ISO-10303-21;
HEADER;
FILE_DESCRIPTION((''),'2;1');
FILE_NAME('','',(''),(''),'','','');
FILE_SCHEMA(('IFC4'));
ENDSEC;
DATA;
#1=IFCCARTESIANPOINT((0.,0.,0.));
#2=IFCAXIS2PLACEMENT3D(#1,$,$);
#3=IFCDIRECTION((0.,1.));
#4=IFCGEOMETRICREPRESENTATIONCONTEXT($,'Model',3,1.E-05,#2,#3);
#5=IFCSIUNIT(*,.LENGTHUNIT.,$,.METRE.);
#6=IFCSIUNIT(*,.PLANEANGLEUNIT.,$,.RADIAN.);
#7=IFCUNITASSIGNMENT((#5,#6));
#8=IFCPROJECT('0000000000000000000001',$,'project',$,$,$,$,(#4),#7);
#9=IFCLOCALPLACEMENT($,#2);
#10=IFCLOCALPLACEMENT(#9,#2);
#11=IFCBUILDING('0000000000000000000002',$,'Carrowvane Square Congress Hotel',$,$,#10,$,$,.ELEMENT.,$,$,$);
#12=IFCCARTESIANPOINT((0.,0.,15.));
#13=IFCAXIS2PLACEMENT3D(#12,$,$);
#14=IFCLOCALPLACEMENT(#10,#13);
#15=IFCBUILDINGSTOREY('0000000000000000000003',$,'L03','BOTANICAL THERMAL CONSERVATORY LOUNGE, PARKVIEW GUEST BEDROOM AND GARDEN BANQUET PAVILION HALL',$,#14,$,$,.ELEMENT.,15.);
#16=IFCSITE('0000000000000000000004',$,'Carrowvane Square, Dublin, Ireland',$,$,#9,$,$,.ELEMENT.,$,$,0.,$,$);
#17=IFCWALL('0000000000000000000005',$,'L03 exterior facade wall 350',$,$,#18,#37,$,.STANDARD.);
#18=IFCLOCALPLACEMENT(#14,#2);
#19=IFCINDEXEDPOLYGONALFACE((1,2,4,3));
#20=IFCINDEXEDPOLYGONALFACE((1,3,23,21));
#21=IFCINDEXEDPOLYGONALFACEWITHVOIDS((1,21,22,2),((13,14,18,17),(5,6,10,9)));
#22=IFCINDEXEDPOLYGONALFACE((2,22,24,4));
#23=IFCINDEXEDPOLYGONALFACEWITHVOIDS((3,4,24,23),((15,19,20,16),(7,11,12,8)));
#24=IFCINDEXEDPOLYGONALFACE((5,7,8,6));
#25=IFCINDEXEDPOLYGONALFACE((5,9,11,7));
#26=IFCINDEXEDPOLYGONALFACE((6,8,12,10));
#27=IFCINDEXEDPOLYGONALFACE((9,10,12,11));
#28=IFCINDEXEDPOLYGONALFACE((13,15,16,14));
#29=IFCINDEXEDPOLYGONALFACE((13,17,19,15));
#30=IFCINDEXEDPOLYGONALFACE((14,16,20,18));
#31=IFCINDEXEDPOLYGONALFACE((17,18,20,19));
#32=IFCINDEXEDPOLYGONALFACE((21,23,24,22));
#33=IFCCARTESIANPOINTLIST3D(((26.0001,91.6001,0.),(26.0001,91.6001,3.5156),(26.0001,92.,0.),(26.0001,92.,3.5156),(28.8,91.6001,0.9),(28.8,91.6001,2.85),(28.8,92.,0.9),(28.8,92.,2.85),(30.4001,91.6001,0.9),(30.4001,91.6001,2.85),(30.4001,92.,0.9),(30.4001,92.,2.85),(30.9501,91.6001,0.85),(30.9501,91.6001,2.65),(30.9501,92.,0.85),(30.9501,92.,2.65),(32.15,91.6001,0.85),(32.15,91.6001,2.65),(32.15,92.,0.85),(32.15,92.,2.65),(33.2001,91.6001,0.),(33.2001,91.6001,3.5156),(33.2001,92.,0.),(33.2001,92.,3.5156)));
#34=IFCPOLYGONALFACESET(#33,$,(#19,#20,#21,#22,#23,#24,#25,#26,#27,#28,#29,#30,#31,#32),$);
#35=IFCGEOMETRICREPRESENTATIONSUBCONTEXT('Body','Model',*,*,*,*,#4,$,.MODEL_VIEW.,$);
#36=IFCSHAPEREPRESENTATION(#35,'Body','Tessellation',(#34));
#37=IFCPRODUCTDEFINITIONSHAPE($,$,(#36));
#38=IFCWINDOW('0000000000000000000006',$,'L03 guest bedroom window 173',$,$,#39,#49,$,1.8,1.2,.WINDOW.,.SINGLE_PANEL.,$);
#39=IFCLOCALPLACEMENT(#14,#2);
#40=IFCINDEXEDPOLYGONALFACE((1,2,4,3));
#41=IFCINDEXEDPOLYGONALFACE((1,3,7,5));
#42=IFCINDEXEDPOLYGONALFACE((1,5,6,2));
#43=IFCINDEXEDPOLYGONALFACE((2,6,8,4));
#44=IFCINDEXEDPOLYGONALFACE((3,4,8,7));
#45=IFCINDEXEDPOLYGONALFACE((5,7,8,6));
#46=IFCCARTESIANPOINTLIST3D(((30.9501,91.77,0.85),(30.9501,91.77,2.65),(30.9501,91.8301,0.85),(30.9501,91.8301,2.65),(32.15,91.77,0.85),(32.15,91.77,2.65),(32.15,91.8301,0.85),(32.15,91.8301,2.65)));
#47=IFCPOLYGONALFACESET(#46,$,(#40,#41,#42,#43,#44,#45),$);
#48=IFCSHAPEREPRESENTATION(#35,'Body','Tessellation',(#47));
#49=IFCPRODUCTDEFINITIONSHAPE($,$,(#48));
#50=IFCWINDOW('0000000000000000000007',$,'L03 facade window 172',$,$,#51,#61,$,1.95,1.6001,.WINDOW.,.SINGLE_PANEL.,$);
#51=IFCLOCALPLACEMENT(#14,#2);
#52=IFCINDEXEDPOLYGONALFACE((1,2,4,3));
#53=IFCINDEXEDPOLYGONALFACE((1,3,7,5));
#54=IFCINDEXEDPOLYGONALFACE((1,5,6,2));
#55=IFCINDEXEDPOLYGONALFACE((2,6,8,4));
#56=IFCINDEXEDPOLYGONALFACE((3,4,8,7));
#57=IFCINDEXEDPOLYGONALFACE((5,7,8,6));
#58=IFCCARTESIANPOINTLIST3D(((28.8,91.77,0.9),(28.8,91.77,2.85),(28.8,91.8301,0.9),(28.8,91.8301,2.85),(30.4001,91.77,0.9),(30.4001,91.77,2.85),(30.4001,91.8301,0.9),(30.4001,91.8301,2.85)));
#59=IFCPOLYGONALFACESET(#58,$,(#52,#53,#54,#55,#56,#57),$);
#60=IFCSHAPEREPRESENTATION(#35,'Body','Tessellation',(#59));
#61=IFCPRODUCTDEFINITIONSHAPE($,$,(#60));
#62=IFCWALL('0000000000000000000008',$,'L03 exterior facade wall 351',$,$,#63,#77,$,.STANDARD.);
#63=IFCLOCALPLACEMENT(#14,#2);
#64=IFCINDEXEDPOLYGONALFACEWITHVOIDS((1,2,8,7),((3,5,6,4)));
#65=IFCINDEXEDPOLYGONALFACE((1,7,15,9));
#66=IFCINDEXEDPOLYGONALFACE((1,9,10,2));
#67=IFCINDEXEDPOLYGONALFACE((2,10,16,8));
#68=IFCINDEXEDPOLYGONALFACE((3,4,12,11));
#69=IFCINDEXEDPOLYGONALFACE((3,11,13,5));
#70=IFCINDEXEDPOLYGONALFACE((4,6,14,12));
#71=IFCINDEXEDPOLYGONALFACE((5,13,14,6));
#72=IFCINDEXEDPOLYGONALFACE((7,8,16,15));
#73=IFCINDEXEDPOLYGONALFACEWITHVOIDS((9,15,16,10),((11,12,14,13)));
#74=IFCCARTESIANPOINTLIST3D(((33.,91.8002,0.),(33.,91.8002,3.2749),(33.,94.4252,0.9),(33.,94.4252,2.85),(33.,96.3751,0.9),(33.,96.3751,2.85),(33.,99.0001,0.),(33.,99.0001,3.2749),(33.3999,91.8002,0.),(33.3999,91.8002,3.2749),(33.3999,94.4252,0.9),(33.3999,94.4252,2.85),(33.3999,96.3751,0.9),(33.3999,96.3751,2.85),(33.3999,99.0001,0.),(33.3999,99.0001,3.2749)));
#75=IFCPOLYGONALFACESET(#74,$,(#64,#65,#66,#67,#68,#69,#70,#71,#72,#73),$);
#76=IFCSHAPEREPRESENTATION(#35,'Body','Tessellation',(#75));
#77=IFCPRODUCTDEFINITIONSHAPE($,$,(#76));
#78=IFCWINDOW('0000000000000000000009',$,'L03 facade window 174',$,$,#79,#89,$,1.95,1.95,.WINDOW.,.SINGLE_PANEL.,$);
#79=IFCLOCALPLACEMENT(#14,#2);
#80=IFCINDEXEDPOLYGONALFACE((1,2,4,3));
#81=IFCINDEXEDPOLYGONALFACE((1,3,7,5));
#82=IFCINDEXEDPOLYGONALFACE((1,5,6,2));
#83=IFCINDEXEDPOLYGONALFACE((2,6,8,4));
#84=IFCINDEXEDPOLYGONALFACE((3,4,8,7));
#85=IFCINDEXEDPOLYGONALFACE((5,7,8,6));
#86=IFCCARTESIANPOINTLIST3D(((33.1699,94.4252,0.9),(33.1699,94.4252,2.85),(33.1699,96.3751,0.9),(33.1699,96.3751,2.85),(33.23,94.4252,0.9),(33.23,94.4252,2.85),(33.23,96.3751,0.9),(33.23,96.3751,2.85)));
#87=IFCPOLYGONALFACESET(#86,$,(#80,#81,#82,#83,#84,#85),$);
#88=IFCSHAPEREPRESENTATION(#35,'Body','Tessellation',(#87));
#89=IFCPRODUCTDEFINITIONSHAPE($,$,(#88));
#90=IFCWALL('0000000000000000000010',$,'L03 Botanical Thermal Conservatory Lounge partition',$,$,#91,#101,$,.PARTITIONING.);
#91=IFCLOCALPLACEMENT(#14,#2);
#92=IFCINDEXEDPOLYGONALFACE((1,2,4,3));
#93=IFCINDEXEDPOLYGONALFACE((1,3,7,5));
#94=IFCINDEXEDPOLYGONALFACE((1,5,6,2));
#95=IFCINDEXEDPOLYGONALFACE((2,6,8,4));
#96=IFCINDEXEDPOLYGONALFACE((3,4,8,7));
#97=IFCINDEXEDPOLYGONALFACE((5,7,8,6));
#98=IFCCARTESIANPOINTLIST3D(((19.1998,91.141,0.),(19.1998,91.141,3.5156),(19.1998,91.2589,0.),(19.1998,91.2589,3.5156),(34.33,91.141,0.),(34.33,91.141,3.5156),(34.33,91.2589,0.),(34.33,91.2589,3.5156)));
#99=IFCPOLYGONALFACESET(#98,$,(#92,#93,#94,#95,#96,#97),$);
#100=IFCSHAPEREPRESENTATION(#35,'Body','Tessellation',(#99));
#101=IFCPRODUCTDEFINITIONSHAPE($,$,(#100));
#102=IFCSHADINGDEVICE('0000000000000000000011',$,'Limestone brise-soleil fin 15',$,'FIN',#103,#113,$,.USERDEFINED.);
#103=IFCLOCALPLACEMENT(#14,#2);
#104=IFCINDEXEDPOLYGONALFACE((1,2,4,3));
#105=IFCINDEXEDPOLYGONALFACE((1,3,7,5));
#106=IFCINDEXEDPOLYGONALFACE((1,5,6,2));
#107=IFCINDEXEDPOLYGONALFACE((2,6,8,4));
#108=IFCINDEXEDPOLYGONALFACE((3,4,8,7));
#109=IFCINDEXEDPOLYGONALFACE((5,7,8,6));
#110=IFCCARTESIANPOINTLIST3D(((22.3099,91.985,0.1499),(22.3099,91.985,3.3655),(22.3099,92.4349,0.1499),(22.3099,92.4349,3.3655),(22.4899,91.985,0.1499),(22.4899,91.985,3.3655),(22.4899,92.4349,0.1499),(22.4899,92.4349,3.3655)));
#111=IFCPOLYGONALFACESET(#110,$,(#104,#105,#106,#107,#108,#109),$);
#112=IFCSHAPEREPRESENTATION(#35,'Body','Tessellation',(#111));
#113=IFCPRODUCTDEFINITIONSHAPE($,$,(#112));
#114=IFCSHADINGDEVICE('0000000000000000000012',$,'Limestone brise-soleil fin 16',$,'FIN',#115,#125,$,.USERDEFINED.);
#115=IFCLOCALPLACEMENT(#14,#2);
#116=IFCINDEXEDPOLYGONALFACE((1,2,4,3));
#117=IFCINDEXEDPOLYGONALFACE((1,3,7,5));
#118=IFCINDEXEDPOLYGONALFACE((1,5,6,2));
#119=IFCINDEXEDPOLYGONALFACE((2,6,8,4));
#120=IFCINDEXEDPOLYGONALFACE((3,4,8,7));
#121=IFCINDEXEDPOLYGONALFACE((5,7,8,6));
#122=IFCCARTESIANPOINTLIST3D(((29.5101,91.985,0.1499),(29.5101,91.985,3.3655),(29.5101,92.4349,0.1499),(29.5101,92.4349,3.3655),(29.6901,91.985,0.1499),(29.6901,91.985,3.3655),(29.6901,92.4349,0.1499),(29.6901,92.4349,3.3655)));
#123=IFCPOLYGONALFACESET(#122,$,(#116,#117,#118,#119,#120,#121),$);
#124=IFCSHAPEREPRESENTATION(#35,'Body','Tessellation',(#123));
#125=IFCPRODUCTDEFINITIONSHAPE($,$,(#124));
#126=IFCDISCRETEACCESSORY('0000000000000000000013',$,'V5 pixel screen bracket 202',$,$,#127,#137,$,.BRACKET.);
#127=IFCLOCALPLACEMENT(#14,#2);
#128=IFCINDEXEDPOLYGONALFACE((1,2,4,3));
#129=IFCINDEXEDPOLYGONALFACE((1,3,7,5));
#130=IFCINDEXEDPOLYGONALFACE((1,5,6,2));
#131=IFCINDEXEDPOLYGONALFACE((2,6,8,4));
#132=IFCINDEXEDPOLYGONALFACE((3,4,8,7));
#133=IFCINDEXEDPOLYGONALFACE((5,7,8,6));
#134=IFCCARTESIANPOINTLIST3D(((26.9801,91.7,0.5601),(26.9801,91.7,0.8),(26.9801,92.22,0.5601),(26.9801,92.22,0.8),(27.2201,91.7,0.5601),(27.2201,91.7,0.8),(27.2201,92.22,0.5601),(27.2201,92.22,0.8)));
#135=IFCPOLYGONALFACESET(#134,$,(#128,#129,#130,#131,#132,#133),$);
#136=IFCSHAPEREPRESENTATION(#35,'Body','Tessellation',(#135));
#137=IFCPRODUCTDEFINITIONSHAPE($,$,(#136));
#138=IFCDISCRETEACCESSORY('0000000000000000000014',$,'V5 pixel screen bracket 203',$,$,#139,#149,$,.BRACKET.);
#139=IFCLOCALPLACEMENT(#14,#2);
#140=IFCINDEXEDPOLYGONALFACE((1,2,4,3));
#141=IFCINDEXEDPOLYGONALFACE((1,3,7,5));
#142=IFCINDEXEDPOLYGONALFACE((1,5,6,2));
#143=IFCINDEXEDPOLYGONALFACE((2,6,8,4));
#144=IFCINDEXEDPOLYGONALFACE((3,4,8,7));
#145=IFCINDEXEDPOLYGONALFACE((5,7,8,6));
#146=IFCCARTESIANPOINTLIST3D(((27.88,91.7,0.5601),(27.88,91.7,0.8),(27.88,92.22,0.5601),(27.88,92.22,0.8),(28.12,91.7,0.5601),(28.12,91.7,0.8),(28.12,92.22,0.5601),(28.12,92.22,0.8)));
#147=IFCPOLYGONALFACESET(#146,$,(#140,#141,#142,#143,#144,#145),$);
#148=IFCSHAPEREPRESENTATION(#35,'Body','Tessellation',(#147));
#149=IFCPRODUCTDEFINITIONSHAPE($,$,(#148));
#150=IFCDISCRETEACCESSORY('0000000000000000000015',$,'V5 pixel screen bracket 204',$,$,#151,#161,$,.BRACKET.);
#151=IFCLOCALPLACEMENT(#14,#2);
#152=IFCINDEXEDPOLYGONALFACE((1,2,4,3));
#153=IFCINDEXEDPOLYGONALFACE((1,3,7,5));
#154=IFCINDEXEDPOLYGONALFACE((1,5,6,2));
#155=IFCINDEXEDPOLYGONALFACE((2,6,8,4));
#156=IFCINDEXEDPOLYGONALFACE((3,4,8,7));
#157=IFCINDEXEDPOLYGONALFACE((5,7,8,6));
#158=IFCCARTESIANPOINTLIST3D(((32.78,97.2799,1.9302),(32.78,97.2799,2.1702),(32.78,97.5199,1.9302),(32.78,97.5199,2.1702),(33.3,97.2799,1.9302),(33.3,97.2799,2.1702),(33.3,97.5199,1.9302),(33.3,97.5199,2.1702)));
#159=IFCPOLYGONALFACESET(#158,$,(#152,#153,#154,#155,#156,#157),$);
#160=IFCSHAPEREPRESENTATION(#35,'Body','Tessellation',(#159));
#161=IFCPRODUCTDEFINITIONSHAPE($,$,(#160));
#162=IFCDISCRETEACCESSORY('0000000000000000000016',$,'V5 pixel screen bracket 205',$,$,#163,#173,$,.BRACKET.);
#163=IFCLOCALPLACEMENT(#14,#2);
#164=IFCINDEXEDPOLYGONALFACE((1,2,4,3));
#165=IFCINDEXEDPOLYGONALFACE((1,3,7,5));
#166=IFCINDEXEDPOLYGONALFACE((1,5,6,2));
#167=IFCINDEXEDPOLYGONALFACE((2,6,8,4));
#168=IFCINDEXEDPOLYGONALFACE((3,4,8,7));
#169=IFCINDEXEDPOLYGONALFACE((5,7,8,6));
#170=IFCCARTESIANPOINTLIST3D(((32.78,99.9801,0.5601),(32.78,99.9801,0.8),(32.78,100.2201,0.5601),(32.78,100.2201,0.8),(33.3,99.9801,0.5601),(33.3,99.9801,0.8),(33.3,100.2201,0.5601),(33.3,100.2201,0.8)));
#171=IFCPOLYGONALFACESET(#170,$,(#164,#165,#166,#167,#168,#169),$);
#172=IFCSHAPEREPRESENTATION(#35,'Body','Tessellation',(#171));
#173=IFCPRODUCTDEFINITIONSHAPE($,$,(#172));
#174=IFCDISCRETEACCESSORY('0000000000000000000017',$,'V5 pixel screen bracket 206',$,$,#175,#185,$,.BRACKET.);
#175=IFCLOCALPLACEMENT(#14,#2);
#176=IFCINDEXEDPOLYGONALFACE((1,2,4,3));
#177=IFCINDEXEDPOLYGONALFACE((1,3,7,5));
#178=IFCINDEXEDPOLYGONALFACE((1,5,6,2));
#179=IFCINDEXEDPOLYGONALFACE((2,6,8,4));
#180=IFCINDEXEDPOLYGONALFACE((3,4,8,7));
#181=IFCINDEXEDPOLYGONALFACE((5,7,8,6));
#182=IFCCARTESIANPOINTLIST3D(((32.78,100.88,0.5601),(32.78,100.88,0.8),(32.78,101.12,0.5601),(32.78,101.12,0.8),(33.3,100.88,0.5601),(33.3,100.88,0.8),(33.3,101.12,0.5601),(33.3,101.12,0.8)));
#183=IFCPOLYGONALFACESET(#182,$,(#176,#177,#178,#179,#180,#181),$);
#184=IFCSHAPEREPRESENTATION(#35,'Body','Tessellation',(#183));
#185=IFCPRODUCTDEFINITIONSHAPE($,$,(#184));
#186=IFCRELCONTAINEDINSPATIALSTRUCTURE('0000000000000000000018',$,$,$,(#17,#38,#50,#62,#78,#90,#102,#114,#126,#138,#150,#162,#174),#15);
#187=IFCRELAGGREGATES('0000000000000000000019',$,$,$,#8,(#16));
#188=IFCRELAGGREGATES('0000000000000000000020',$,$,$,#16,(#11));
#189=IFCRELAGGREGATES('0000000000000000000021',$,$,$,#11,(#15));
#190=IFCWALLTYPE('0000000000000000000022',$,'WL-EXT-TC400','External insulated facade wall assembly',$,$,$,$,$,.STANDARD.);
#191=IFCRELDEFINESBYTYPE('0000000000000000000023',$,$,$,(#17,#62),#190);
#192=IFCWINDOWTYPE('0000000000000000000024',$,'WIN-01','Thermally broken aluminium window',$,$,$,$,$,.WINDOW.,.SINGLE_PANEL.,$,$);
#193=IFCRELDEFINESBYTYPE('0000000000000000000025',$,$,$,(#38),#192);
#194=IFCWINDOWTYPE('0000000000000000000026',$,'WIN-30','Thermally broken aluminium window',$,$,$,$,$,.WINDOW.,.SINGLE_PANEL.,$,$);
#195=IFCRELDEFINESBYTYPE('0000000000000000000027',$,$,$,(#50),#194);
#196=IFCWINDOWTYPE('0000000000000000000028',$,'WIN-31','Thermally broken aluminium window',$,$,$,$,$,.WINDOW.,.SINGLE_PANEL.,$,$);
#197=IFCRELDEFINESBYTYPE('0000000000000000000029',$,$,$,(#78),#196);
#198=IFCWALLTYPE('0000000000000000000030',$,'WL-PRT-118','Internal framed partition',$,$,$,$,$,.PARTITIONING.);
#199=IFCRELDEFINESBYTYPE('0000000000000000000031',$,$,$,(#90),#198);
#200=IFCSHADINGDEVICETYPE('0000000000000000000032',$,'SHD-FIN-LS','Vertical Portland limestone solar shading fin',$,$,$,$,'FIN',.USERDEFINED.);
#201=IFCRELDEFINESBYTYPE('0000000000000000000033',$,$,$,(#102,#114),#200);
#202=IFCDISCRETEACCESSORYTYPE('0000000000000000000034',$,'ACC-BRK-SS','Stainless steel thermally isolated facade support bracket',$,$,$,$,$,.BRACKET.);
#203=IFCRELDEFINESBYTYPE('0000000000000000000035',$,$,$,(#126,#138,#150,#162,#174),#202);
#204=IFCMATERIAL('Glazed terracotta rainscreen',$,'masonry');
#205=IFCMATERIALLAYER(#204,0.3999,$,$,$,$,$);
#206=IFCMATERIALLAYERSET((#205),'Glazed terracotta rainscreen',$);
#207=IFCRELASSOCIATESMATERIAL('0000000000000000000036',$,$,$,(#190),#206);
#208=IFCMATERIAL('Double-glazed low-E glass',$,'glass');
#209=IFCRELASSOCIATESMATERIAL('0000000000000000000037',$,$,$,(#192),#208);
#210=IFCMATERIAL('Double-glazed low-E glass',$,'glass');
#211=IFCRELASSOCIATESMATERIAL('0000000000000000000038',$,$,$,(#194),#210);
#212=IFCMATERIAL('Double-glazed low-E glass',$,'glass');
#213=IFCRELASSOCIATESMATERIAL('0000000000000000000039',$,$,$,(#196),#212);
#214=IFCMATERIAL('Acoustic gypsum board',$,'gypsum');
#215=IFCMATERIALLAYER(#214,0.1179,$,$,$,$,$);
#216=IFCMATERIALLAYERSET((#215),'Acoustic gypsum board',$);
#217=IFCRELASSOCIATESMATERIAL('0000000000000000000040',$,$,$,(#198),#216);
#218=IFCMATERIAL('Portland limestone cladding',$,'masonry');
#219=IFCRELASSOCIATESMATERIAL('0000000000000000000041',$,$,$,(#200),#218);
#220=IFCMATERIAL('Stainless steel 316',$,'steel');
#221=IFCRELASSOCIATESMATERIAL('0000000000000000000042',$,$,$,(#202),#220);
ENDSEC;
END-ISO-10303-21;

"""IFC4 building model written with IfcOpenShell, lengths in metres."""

from ifc_helpers import new_model, si_unit, direction, frame, frame_2d, origin, origin_2d, place, context, subcontext, project, spatial, rectangle, extrude, material, layer, layer_set, type_object, element, fill, save


model = new_model("IFC4")

# Units and contexts
model_context = context("Model", 3, precision=1e-05, world=origin(), true_north=direction((0.0, 1.0)))
body_context = subcontext(model_context, "Body", "Model", "MODEL_VIEW")
ifc_project = project(units=[si_unit("LENGTHUNIT", "METRE"), si_unit("PLANEANGLEUNIT", "RADIAN")], contexts=[model_context])

# Site, building, storey
site_placement = place(None, origin())
site = spatial("IfcSite", under=ifc_project, at=site_placement, Name="Carrowvane Square, Dublin, Ireland", CompositionType="ELEMENT", RefElevation=0.0)
building_placement = place(site_placement, origin())
building = spatial("IfcBuilding", under=site, at=building_placement, Name="Carrowvane Square Congress Hotel", CompositionType="ELEMENT")
storey_placement = place(building_placement, frame((0.0, 0.0, 15.0)))
storey = spatial("IfcBuildingStorey", under=building, at=storey_placement, Name="L03", Description="BOTANICAL THERMAL CONSERVATORY LOUNGE, PARKVIEW GUEST BEDROOM AND GARDEN BANQUET PAVILION HALL", CompositionType="ELEMENT", Elevation=15.0)

# Wall, openings, windows
ifc_material_1 = material(Name="Glazed terracotta rainscreen", Category="masonry")
ifc_layer_1 = layer(ifc_material_1, 0.3999)
ifc_layer_set_1 = layer_set([ifc_layer_1], Name="Glazed terracotta rainscreen")
wall_type_1 = type_object("IfcWallType", Name="WL-EXT-TC400", Description="External insulated facade wall assembly", PredefinedType="STANDARD", material=ifc_layer_set_1)
ifc_material_2 = material(Name="Double-glazed low-E glass", Category="glass")
window_type_1 = type_object("IfcWindowType", Name="WIN-01", Description="Thermally broken aluminium window", PartitioningType="SINGLE_PANEL", PredefinedType="WINDOW", material=ifc_material_2)
wall_1_placement = place(storey_placement, frame((26.0, 91.8, 0.0), z_axis=(0.0, 0.0, 1.0), x_axis=(1.0, 0.0, 0.0)))
wall_1 = element("IfcWall", 1, at=wall_1_placement, inside=storey, type_object=wall_type_1, Name="L03 exterior facade wall 350", PredefinedType="STANDARD", context=body_context, shape_type="SweptSolid", body=[
    extrude(rectangle(XDim=7.2, YDim=0.3999, at=frame_2d((3.6001, 0.0))), origin(), (0.0, 0.0, 1.0), 3.5156),
])
opening_1_placement = place(wall_1_placement, frame((2.8, 0.0, 0.8999)))
opening_1 = element("IfcOpeningElement", 2, at=opening_1_placement, cuts=wall_1, PredefinedType="OPENING", context=body_context, shape_type="SweptSolid", body=[
    extrude(rectangle(XDim=1.6001, YDim=1.95, at=frame_2d((0.8, 0.9751))), frame((0.0, 0.21, 0.0), z_axis=(0.0, -1.0, 0.0), x_axis=(1.0, 0.0, 0.0)), (0.0, 0.0, 1.0), 0.4199),
])
opening_2_placement = place(wall_1_placement, frame((4.95, 0.0, 0.8501)))
opening_2 = element("IfcOpeningElement", 3, at=opening_2_placement, cuts=wall_1, PredefinedType="OPENING", context=body_context, shape_type="SweptSolid", body=[
    extrude(rectangle(XDim=1.2, YDim=1.8, at=frame_2d((0.6001, 0.8999))), frame((0.0, 0.21, 0.0), z_axis=(0.0, -1.0, 0.0), x_axis=(1.0, 0.0, 0.0)), (0.0, 0.0, 1.0), 0.4199),
])
window_1_placement = place(opening_2_placement, origin())
window_1 = element("IfcWindow", 4, at=window_1_placement, inside=storey, type_object=window_type_1, Name="L03 guest bedroom window 173", OverallHeight=1.8, OverallWidth=1.2, PartitioningType="SINGLE_PANEL", PredefinedType="WINDOW", context=body_context, shape_type="SweptSolid", body=[
    extrude(rectangle(XDim=1.2, YDim=1.8, at=frame_2d((0.6001, 0.8999))), frame((0.0, 0.03, 0.0), z_axis=(0.0, -1.0, 0.0), x_axis=(1.0, 0.0, 0.0)), (0.0, 0.0, 1.0), 0.0601),
])
fill(opening_2, window_1)
ifc_material_3 = material(Name="Double-glazed low-E glass", Category="glass")
window_type_2 = type_object("IfcWindowType", Name="WIN-30", Description="Thermally broken aluminium window", PartitioningType="SINGLE_PANEL", PredefinedType="WINDOW", material=ifc_material_3)
window_2_placement = place(opening_1_placement, origin())
window_2 = element("IfcWindow", 5, at=window_2_placement, inside=storey, type_object=window_type_2, Name="L03 facade window 172", OverallHeight=1.95, OverallWidth=1.6001, PartitioningType="SINGLE_PANEL", PredefinedType="WINDOW", context=body_context, shape_type="SweptSolid", body=[
    extrude(rectangle(XDim=1.6001, YDim=1.95, at=frame_2d((0.8, 0.9751))), frame((0.0, 0.03, 0.0), z_axis=(0.0, -1.0, 0.0), x_axis=(1.0, 0.0, 0.0)), (0.0, 0.0, 1.0), 0.0601),
])
fill(opening_1, window_2)

# Wall, opening, window
wall_2_placement = place(storey_placement, frame((33.2, 91.8, 0.0), z_axis=(0.0, 0.0, 1.0), x_axis=(0.0, 1.0, 0.0)))
wall_2 = element("IfcWall", 6, at=wall_2_placement, inside=storey, type_object=wall_type_1, Name="L03 exterior facade wall 351", PredefinedType="STANDARD", context=body_context, shape_type="SweptSolid", body=[
    extrude(rectangle(XDim=7.2, YDim=0.3999, at=frame_2d((3.6001, 0.0))), origin(), (0.0, 0.0, 1.0), 3.2749),
])
opening_3_placement = place(wall_2_placement, frame((2.625, 0.0, 0.8999)))
opening_3 = element("IfcOpeningElement", 7, at=opening_3_placement, cuts=wall_2, PredefinedType="OPENING", context=body_context, shape_type="SweptSolid", body=[
    extrude(rectangle(XDim=1.95, YDim=1.95, at=frame_2d((0.9751, 0.9751))), frame((0.0, 0.21, 0.0), z_axis=(0.0, -1.0, 0.0), x_axis=(1.0, 0.0, 0.0)), (0.0, 0.0, 1.0), 0.4199),
])
ifc_material_4 = material(Name="Double-glazed low-E glass", Category="glass")
window_type_3 = type_object("IfcWindowType", Name="WIN-31", Description="Thermally broken aluminium window", PartitioningType="SINGLE_PANEL", PredefinedType="WINDOW", material=ifc_material_4)
window_3_placement = place(opening_3_placement, origin())
window_3 = element("IfcWindow", 8, at=window_3_placement, inside=storey, type_object=window_type_3, Name="L03 facade window 174", OverallHeight=1.95, OverallWidth=1.95, PartitioningType="SINGLE_PANEL", PredefinedType="WINDOW", context=body_context, shape_type="SweptSolid", body=[
    extrude(rectangle(XDim=1.95, YDim=1.95, at=frame_2d((0.9751, 0.9751))), frame((0.0, 0.03, 0.0), z_axis=(0.0, -1.0, 0.0), x_axis=(1.0, 0.0, 0.0)), (0.0, 0.0, 1.0), 0.0601),
])
fill(opening_3, window_3)

# Wall
ifc_material_5 = material(Name="Acoustic gypsum board", Category="gypsum")
ifc_layer_2 = layer(ifc_material_5, 0.1179)
ifc_layer_set_2 = layer_set([ifc_layer_2], Name="Acoustic gypsum board")
wall_type_2 = type_object("IfcWallType", Name="WL-PRT-118", Description="Internal framed partition", PredefinedType="PARTITIONING", material=ifc_layer_set_2)
wall_3_placement = place(storey_placement, frame((19.2, 91.2, 0.0), z_axis=(0.0, 0.0, 1.0), x_axis=(1.0, 0.0, 0.0)))
element("IfcWall", 9, at=wall_3_placement, inside=storey, type_object=wall_type_2, Name="L03 Botanical Thermal Conservatory Lounge partition", PredefinedType="PARTITIONING", context=body_context, shape_type="SweptSolid", body=[
    extrude(rectangle(XDim=15.1301, YDim=0.1179, at=frame_2d((7.5649, 0.0))), origin(), (0.0, 0.0, 1.0), 3.5156),
])

# Shading devices
ifc_material_6 = material(Name="Portland limestone cladding", Category="masonry")
shading_device_type = type_object("IfcShadingDeviceType", Name="SHD-FIN-LS", Description="Vertical Portland limestone solar shading fin", ElementType="FIN", PredefinedType="USERDEFINED", material=ifc_material_6)
for number, where, z_axis, x_axis, name in (
    (10, (22.3999, 92.21, 0.1499), (0.0, 0.0, 1.0), (1.0, 0.0, 0.0), "Limestone brise-soleil fin 15"),
    (11, (29.6001, 92.21, 0.1499), (0.0, 0.0, 1.0), (1.0, 0.0, 0.0), "Limestone brise-soleil fin 16"),
):
    element("IfcShadingDevice", number, at=place(storey_placement, frame(where, z_axis=z_axis, x_axis=x_axis)), inside=storey, type_object=shading_device_type, Name=name, ObjectType="FIN", PredefinedType="USERDEFINED", context=body_context, shape_type="SweptSolid", body=[
        extrude(rectangle(XDim=0.1799, YDim=0.45, at=origin_2d()), origin(), (0.0, 0.0, 1.0), 3.2156),
    ])

# Discrete accessories
ifc_material_7 = material(Name="Stainless steel 316", Category="steel")
discrete_accessory_type = type_object("IfcDiscreteAccessoryType", Name="ACC-BRK-SS", Description="Stainless steel thermally isolated facade support bracket", PredefinedType="BRACKET", material=ifc_material_7)
for number, where, z_axis, x_axis, name in (
    (12, (27.1001, 91.96, 0.5601), (0.0, 0.0, 1.0), (1.0, 0.0, 0.0), "V5 pixel screen bracket 202"),
    (13, (28.0, 91.96, 0.5601), (0.0, 0.0, 1.0), (1.0, 0.0, 0.0), "V5 pixel screen bracket 203"),
    (14, (33.04, 97.3999, 1.9302), (0.0, 0.0, 1.0), (0.0, 1.0, 0.0), "V5 pixel screen bracket 204"),
    (15, (33.04, 100.1001, 0.5601), (0.0, 0.0, 1.0), (0.0, 1.0, 0.0), "V5 pixel screen bracket 205"),
    (16, (33.04, 101.0, 0.5601), (0.0, 0.0, 1.0), (0.0, 1.0, 0.0), "V5 pixel screen bracket 206"),
):
    element("IfcDiscreteAccessory", number, at=place(storey_placement, frame(where, z_axis=z_axis, x_axis=x_axis)), inside=storey, type_object=discrete_accessory_type, Name=name, PredefinedType="BRACKET", context=body_context, shape_type="SweptSolid", body=[
        extrude(rectangle(XDim=0.24, YDim=0.52, at=origin_2d()), origin(), (0.0, 0.0, 1.0), 0.24),
    ])

save(model, "model.ifc")
